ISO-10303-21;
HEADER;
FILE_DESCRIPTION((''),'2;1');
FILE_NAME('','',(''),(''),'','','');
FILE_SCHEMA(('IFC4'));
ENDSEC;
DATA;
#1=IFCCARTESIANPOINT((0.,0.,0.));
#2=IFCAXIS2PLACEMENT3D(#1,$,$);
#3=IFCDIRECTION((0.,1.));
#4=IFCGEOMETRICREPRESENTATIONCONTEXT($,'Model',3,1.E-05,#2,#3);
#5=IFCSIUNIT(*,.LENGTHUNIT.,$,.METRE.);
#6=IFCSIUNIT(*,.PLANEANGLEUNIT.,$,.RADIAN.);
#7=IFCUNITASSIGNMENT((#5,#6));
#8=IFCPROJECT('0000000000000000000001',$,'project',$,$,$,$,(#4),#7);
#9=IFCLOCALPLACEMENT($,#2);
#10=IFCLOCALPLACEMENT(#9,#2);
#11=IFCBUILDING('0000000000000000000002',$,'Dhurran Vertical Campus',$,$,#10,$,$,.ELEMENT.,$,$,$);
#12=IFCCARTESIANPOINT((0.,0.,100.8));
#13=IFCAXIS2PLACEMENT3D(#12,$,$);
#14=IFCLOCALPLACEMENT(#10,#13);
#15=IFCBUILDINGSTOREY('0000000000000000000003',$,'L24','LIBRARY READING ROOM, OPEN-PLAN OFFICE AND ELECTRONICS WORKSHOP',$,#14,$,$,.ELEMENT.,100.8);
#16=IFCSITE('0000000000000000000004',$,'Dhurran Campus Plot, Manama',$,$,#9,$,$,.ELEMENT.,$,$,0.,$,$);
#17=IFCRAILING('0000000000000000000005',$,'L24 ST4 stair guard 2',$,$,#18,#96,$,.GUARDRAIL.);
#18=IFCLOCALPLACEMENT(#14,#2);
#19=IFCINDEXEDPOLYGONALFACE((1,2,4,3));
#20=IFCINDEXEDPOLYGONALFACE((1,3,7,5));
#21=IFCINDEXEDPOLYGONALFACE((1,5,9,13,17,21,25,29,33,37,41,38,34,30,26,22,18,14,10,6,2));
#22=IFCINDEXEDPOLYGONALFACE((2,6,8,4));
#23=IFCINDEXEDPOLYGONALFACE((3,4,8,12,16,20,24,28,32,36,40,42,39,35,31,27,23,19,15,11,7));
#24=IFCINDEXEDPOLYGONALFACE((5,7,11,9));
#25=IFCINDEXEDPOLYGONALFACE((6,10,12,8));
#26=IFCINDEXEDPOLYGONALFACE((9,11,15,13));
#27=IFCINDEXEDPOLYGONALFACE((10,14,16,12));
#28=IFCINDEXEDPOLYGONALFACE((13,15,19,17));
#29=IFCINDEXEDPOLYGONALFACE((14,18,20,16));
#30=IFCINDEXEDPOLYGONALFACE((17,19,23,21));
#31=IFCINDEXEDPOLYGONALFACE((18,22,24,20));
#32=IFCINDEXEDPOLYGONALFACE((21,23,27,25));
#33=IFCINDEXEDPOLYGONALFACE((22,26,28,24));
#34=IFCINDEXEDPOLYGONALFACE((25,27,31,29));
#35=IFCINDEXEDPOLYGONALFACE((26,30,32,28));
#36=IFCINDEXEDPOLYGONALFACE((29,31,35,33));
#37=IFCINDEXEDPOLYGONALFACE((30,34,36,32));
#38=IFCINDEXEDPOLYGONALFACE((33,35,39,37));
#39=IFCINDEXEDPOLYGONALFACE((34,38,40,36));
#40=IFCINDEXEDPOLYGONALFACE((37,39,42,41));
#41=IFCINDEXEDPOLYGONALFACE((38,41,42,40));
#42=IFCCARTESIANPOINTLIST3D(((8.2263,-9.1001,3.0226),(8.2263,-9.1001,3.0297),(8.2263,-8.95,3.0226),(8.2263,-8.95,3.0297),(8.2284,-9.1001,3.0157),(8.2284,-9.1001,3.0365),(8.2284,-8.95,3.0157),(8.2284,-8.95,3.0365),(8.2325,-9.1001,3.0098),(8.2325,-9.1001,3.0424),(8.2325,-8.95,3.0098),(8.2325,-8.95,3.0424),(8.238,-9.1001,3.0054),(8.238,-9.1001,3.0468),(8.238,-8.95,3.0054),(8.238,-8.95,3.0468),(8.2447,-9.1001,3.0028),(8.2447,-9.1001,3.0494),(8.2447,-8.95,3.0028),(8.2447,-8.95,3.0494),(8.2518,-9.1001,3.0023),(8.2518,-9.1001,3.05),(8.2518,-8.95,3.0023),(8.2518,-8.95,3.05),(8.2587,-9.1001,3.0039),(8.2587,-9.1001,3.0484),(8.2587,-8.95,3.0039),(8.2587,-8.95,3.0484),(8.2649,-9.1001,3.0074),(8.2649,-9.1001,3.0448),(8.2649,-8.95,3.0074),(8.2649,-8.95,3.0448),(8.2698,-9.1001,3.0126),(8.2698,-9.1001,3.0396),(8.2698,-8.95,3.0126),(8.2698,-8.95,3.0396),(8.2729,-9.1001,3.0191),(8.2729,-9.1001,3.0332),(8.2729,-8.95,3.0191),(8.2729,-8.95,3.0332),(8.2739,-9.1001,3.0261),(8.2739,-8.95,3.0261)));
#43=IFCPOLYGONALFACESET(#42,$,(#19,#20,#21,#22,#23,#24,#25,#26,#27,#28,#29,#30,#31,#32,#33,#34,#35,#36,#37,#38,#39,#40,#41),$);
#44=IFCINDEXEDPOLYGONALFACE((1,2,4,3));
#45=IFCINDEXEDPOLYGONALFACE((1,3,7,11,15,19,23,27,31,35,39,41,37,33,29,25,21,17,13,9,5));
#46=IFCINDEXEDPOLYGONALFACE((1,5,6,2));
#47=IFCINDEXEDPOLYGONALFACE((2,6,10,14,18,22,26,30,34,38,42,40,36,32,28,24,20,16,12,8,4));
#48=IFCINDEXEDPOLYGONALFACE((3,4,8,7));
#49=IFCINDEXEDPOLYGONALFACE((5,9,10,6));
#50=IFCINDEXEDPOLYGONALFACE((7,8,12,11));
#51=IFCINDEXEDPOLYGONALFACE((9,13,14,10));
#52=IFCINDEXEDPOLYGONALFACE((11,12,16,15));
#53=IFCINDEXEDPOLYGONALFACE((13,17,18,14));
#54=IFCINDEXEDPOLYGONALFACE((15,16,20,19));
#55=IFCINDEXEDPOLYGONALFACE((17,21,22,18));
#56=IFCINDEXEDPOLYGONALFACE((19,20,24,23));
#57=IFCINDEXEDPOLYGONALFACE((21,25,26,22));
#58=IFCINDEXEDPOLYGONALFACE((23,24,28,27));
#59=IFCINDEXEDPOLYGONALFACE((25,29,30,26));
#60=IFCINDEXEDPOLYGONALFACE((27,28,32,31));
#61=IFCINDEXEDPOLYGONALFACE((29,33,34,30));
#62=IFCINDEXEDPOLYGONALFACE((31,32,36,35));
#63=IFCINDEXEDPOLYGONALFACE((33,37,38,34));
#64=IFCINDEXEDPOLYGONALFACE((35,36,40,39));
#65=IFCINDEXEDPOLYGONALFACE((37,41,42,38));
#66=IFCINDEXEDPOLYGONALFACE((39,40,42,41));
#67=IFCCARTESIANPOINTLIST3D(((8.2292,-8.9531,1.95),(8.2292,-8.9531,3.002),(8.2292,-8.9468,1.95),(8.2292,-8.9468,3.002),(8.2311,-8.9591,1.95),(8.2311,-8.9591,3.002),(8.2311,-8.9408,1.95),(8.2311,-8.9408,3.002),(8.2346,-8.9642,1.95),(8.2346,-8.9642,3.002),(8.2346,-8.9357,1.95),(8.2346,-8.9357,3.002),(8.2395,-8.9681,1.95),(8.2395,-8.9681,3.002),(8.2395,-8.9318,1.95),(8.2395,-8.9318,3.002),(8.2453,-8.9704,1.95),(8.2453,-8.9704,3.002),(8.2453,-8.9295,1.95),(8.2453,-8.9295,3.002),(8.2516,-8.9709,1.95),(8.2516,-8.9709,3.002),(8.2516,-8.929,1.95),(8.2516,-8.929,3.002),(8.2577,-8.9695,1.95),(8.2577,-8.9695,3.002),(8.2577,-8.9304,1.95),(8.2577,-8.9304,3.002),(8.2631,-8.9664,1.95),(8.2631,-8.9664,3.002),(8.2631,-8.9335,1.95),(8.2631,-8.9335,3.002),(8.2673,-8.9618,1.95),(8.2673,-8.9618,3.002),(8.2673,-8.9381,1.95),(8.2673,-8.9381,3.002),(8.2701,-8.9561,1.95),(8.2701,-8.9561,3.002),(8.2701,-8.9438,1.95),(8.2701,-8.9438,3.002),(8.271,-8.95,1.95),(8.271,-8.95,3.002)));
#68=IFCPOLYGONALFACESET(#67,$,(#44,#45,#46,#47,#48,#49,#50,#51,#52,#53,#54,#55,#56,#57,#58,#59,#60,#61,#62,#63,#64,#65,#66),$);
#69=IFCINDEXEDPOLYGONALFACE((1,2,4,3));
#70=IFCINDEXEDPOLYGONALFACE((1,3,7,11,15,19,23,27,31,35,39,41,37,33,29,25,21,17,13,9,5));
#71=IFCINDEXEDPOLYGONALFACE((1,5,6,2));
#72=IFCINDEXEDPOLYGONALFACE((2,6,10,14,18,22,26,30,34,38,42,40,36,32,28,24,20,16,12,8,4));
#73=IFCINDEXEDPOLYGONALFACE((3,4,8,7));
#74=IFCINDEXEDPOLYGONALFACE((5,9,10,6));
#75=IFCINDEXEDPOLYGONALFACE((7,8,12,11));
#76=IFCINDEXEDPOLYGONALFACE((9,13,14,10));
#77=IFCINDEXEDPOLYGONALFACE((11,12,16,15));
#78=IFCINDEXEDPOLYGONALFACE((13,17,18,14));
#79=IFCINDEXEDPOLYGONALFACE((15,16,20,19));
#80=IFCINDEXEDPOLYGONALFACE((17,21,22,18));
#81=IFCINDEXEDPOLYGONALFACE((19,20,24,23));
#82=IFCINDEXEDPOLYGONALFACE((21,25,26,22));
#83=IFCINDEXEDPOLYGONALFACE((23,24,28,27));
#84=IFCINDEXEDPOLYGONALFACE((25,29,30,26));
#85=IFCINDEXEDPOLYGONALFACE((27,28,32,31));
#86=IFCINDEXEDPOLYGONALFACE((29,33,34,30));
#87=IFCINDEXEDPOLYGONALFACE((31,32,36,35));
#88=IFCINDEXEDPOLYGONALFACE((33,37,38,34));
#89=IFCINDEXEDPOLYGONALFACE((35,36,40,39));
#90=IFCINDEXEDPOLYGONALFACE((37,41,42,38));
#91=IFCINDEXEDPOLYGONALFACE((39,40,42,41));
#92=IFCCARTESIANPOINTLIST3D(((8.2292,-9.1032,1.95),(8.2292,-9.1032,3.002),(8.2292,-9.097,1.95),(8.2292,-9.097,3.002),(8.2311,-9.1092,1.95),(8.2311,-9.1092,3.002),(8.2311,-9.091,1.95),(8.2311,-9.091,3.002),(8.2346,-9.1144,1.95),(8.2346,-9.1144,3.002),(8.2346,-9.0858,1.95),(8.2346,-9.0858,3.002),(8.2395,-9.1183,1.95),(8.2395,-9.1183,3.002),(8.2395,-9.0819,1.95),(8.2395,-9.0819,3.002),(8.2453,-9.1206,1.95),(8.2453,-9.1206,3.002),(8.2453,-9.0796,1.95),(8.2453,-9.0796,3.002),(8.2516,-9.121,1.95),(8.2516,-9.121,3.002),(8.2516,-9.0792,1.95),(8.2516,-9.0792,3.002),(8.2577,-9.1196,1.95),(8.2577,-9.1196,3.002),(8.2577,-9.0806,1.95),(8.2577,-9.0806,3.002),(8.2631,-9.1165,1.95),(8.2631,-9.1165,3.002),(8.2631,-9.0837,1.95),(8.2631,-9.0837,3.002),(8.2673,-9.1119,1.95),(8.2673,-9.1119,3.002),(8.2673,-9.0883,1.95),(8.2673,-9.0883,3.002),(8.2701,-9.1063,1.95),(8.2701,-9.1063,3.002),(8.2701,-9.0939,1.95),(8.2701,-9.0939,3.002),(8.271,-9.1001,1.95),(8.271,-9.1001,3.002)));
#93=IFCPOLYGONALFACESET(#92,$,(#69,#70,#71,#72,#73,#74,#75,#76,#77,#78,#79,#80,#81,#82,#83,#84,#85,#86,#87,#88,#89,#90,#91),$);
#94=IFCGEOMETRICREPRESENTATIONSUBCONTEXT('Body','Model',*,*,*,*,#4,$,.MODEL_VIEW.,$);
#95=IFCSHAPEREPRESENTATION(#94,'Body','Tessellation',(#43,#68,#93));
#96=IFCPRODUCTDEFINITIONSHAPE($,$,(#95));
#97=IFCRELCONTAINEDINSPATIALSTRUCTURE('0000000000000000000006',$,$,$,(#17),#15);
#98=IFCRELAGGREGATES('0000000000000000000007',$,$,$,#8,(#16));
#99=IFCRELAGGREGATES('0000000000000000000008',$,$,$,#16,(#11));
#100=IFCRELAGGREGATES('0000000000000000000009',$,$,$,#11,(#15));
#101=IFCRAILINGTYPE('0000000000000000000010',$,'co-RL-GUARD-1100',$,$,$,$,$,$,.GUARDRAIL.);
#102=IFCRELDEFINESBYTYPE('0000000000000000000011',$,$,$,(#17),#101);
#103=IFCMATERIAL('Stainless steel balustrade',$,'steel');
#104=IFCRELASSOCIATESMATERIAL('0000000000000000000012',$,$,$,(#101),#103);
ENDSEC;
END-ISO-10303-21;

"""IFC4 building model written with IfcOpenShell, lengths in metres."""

from ifc_helpers import new_model, si_unit, direction, frame, origin, origin_2d, place, context, subcontext, project, spatial, circle, extrude, material, type_object, element, save


model = new_model("IFC4")

# Units and contexts
model_context = context("Model", 3, precision=1e-05, world=origin(), true_north=direction((0.0, 1.0)))
body_context = subcontext(model_context, "Body", "Model", "MODEL_VIEW")
ifc_project = project(units=[si_unit("LENGTHUNIT", "METRE"), si_unit("PLANEANGLEUNIT", "RADIAN")], contexts=[model_context])

# Site, building, storey
site_placement = place(None, origin())
site = spatial("IfcSite", under=ifc_project, at=site_placement, Name="Dhurran Campus Plot, Manama", CompositionType="ELEMENT", RefElevation=0.0)
building_placement = place(site_placement, origin())
building = spatial("IfcBuilding", under=site, at=building_placement, Name="Dhurran Vertical Campus", CompositionType="ELEMENT")
storey_placement = place(building_placement, frame((0.0, 0.0, 100.8)))
storey = spatial("IfcBuildingStorey", under=building, at=storey_placement, Name="L24", Description="LIBRARY READING ROOM, OPEN-PLAN OFFICE AND ELECTRONICS WORKSHOP", CompositionType="ELEMENT", Elevation=100.8)

# Railing
ifc_material_1 = material(Name="Stainless steel balustrade", Category="steel")
railing_type_1 = type_object("IfcRailingType", Name="co-RL-GUARD-1100", PredefinedType="GUARDRAIL", material=ifc_material_1)
railing_1_placement = place(storey_placement, frame((8.25, -8.95, 1.95)))
element("IfcRailing", 1, at=railing_1_placement, inside=storey, type_object=railing_type_1, Name="L24 ST4 stair guard 2", PredefinedType="GUARDRAIL", context=body_context, shape_type="SweptSolid", body=[
    extrude(circle(Radius=0.0239, at=origin_2d()), frame((0.0, 0.0, 1.0762), z_axis=(0.0, -1.0, 0.0), x_axis=(1.0, 0.0, 0.0)), (0.0, 0.0, 1.0), 0.1501),
    extrude(circle(Radius=0.021, at=origin_2d()), origin(), (0.0, 0.0, 1.0), 1.052),
    extrude(circle(Radius=0.021, at=origin_2d()), frame((0.0, -0.1501, 0.0)), (0.0, 0.0, 1.0), 1.052),
])

save(model, "model.ifc")
